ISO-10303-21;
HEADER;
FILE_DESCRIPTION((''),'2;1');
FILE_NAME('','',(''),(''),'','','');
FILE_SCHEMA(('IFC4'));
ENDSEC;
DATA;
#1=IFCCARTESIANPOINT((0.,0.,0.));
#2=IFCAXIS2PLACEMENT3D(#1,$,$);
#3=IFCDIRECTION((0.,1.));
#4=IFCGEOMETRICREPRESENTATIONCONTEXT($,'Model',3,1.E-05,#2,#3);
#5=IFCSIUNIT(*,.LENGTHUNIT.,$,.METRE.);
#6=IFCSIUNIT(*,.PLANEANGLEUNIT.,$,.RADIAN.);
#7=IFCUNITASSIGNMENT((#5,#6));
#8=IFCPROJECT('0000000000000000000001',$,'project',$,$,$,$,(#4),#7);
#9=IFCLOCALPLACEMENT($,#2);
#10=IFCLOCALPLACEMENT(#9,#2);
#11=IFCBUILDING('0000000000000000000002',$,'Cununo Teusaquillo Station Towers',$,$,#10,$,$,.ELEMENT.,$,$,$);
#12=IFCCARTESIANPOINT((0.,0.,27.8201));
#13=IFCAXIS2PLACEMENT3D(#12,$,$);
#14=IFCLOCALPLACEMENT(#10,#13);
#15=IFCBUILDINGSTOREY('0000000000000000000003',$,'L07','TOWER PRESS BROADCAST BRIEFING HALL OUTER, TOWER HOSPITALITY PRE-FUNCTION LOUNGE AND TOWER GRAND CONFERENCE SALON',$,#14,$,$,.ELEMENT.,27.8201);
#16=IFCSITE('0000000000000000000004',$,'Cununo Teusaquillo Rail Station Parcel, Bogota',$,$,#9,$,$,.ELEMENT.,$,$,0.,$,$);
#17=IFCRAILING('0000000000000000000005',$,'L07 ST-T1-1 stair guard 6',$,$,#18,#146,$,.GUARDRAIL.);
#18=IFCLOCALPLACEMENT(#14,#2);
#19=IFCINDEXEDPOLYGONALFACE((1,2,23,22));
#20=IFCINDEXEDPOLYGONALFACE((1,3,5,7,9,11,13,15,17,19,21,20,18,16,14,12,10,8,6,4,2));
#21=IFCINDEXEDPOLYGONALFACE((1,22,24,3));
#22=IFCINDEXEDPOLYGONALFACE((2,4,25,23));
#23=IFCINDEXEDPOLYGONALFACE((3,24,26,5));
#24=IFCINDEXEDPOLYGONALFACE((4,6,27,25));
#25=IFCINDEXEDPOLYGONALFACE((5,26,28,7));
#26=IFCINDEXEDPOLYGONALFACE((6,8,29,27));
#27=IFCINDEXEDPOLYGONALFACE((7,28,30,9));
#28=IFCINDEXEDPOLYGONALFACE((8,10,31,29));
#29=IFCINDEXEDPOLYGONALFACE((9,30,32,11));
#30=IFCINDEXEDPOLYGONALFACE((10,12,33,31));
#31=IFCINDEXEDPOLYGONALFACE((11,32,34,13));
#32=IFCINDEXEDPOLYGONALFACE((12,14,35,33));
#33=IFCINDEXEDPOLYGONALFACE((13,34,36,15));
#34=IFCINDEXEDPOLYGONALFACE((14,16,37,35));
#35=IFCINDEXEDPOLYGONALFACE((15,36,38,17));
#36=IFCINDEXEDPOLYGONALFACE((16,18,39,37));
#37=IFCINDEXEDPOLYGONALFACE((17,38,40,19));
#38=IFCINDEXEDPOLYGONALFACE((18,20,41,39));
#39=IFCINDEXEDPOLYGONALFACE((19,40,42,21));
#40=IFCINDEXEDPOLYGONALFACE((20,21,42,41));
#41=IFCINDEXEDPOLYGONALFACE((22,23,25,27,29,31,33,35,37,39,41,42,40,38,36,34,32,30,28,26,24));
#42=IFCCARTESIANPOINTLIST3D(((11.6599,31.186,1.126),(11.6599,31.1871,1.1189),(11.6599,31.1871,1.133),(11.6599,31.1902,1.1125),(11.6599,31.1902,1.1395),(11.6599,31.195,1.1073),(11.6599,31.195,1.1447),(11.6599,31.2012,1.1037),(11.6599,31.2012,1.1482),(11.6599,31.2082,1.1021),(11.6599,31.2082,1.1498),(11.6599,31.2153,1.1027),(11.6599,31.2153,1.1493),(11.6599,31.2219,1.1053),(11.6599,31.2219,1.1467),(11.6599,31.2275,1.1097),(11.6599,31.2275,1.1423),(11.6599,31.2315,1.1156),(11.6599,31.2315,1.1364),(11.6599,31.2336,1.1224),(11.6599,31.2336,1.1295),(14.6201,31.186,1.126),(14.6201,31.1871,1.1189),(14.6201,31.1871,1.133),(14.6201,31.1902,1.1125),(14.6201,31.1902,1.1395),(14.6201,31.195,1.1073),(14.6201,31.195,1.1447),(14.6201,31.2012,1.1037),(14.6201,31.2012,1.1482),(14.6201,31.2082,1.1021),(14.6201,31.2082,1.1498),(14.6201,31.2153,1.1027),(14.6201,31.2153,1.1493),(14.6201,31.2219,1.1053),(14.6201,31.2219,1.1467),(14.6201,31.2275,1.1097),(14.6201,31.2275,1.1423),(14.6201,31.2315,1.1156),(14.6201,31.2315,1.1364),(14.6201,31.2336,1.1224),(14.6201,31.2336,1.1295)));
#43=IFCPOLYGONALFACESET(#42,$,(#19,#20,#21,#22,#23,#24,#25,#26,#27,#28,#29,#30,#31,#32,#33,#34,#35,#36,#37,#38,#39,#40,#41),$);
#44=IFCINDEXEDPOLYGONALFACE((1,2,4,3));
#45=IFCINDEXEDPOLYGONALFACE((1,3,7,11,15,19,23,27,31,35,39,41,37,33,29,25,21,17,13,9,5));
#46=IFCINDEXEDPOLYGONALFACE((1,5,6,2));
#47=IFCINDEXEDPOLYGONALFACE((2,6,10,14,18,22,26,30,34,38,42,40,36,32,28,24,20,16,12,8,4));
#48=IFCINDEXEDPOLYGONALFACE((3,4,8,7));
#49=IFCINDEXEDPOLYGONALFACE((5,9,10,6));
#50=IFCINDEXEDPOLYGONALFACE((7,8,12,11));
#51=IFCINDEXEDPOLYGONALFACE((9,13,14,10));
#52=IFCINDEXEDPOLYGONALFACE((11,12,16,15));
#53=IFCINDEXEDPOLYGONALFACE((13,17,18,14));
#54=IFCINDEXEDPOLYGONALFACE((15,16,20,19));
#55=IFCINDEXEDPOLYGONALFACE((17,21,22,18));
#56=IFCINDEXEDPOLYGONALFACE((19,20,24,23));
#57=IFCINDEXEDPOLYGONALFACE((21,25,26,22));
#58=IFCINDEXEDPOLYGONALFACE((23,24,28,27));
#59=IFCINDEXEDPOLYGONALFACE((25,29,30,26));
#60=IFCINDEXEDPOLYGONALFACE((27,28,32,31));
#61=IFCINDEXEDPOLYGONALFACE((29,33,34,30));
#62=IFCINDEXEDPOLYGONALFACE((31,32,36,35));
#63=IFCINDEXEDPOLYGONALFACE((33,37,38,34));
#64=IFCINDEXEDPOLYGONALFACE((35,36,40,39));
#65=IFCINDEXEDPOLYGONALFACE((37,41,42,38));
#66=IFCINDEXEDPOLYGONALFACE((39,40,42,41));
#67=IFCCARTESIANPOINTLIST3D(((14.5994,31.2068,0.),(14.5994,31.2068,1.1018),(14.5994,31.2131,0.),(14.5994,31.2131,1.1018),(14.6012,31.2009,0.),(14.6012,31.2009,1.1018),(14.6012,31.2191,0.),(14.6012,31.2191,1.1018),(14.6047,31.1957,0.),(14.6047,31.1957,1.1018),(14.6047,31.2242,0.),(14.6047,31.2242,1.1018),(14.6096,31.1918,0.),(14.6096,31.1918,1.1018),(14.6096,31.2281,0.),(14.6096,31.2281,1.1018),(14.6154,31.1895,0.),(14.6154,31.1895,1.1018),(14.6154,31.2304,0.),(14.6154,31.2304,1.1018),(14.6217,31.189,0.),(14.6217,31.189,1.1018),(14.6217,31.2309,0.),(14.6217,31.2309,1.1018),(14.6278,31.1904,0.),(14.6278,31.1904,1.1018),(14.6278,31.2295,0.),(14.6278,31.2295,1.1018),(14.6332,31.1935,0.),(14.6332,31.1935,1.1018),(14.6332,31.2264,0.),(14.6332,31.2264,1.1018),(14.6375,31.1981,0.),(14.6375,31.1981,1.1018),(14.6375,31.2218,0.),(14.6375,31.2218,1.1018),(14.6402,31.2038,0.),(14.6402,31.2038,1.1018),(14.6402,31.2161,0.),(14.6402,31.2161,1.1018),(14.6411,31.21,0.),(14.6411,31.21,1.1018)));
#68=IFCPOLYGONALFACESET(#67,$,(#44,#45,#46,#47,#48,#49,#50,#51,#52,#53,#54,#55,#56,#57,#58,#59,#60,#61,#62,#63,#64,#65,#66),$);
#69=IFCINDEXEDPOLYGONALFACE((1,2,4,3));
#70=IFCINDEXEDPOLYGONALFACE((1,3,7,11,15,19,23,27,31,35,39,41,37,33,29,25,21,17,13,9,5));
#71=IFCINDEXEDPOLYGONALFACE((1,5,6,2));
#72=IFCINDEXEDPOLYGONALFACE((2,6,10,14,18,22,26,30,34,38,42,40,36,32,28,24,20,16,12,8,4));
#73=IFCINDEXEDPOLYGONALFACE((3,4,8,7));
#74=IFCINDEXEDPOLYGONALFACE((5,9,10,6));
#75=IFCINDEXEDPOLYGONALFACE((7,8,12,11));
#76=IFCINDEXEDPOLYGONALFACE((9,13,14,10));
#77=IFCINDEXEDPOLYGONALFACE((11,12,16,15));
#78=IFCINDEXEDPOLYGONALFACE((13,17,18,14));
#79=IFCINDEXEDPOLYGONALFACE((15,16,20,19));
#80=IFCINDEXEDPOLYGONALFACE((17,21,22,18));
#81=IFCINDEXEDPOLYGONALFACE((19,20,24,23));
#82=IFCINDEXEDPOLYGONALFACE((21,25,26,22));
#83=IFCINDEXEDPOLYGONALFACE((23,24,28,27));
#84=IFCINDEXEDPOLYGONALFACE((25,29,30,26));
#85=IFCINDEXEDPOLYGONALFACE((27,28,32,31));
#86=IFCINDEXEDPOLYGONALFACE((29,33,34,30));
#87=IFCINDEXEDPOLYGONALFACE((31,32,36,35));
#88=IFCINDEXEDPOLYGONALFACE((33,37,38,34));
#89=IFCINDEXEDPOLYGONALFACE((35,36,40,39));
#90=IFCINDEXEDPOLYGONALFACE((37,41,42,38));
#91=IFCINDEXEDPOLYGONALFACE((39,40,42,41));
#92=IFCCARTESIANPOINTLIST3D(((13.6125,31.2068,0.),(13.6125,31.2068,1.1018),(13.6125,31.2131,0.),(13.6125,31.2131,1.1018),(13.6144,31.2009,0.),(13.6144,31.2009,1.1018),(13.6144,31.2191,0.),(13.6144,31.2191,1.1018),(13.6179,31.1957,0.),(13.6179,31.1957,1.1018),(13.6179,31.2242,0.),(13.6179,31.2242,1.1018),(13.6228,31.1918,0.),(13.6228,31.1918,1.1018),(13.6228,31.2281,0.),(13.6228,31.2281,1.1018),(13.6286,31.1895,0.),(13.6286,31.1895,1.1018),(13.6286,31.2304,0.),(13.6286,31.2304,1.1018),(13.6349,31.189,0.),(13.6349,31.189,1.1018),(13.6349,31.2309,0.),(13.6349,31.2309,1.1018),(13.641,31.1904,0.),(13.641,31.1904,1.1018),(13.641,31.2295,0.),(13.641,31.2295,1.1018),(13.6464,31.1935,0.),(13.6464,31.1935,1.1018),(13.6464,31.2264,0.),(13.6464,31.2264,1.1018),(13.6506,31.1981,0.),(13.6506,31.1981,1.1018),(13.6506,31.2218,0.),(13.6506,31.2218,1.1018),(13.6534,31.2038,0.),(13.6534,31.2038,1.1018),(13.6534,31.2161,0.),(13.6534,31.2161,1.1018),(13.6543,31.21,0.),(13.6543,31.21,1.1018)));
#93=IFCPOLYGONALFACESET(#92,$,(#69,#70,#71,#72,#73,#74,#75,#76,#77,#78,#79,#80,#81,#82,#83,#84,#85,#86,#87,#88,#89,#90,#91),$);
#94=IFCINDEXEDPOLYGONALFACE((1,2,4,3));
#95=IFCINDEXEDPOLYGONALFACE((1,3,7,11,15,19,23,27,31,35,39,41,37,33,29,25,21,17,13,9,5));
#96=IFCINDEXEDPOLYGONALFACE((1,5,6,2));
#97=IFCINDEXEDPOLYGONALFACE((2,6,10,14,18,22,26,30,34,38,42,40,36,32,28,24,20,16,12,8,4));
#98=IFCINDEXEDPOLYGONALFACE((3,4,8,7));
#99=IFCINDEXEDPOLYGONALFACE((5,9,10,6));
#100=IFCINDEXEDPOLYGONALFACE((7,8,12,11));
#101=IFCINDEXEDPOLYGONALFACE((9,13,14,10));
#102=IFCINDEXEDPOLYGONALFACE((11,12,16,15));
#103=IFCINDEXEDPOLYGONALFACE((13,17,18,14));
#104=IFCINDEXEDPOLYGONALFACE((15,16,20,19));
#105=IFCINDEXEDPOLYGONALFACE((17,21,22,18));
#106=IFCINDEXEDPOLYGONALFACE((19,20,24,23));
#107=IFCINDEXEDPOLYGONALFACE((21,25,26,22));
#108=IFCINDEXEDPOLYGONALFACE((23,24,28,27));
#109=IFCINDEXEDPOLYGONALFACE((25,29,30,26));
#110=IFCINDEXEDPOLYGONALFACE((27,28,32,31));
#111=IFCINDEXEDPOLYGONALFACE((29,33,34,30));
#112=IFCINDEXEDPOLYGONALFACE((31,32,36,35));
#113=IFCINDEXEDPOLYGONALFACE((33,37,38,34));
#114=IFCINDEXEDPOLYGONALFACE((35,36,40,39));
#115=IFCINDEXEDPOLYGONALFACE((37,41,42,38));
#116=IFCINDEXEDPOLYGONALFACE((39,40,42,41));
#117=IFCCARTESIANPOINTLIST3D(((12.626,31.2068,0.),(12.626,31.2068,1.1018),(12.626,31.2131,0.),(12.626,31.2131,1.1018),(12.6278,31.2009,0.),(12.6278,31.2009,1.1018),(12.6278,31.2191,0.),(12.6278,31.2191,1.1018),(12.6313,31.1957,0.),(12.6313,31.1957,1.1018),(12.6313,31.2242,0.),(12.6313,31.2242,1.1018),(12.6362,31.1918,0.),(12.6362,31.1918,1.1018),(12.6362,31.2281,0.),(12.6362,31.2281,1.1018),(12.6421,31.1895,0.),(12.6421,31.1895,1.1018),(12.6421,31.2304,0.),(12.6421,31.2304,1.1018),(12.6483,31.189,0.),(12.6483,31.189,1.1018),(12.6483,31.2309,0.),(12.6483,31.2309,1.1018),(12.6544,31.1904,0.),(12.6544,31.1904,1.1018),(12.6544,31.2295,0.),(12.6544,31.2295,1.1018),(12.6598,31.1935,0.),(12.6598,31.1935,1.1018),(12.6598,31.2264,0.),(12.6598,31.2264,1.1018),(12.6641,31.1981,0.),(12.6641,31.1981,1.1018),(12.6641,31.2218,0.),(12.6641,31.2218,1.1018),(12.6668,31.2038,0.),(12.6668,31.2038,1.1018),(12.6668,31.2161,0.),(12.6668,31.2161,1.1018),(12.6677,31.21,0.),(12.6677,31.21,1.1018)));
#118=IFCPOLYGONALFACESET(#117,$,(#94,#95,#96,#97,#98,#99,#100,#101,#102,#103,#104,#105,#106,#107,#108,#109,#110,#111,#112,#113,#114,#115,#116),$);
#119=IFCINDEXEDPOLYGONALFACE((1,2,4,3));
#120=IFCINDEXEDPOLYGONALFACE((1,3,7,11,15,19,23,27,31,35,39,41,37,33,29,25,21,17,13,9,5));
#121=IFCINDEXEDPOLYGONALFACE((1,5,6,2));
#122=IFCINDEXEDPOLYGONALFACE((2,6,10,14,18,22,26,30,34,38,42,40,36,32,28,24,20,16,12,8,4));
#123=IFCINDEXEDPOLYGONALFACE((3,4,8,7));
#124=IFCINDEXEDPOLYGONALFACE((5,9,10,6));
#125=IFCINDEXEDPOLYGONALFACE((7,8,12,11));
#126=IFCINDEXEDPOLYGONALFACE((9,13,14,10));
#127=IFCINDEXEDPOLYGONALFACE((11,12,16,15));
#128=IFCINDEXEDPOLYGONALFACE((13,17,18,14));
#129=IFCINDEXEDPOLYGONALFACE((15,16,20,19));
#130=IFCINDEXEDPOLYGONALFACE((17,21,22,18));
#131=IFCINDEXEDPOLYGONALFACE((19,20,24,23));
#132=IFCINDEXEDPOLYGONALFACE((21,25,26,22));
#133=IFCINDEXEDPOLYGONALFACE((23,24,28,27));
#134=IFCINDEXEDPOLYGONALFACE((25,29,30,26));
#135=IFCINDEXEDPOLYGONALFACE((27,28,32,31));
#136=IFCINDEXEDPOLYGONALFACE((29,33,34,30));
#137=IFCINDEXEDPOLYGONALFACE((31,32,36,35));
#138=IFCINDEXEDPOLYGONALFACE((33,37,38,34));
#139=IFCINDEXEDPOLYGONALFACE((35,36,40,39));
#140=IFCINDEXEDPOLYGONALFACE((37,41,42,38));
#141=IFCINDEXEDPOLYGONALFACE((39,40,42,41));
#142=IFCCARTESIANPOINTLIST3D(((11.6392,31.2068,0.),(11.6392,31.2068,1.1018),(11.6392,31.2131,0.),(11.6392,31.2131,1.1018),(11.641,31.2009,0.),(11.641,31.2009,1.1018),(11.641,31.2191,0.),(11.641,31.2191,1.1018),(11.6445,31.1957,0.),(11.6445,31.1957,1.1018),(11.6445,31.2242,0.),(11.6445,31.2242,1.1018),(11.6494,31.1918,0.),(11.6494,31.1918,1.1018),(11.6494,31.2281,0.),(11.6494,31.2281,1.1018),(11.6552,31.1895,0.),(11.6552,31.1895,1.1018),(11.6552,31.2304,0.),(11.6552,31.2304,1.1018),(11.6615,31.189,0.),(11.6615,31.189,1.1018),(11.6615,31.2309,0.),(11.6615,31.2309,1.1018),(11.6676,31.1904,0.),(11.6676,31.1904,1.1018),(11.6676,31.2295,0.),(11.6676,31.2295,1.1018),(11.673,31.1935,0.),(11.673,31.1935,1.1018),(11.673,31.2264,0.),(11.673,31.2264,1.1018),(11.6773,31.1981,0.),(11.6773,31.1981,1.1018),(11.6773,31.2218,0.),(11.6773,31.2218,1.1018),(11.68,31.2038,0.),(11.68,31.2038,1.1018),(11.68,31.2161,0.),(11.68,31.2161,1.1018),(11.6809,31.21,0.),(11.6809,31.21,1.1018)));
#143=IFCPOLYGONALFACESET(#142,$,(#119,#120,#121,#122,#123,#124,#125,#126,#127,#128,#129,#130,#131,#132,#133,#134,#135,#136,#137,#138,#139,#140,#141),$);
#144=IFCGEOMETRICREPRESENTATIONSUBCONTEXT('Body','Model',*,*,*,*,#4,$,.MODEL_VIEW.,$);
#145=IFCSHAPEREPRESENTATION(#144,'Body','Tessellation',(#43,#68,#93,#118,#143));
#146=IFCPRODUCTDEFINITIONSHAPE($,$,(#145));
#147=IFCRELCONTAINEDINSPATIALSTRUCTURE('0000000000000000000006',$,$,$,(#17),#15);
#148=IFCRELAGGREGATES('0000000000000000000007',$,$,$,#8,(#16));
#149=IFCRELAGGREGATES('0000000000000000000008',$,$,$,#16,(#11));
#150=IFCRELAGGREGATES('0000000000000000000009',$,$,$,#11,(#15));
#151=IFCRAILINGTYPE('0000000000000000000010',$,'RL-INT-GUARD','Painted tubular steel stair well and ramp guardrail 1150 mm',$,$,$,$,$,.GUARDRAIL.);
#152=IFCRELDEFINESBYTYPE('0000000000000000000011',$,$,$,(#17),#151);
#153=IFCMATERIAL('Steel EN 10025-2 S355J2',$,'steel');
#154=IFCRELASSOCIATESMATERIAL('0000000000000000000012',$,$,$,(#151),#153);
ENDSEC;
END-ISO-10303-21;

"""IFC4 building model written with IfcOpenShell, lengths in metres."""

from ifc_helpers import new_model, si_unit, direction, frame, origin, origin_2d, place, context, subcontext, project, spatial, circle, extrude, material, type_object, element, save


model = new_model("IFC4")

# Units and contexts
model_context = context("Model", 3, precision=1e-05, world=origin(), true_north=direction((0.0, 1.0)))
body_context = subcontext(model_context, "Body", "Model", "MODEL_VIEW")
ifc_project = project(units=[si_unit("LENGTHUNIT", "METRE"), si_unit("PLANEANGLEUNIT", "RADIAN")], contexts=[model_context])

# Site, building, storey
site_placement = place(None, origin())
site = spatial("IfcSite", under=ifc_project, at=site_placement, Name="Cununo Teusaquillo Rail Station Parcel, Bogota", CompositionType="ELEMENT", RefElevation=0.0)
building_placement = place(site_placement, origin())
building = spatial("IfcBuilding", under=site, at=building_placement, Name="Cununo Teusaquillo Station Towers", CompositionType="ELEMENT")
storey_placement = place(building_placement, frame((0.0, 0.0, 27.8201)))
storey = spatial("IfcBuildingStorey", under=building, at=storey_placement, Name="L07", Description="TOWER PRESS BROADCAST BRIEFING HALL OUTER, TOWER HOSPITALITY PRE-FUNCTION LOUNGE AND TOWER GRAND CONFERENCE SALON", CompositionType="ELEMENT", Elevation=27.8201)

# Railing
ifc_material_1 = material(Name="Steel EN 10025-2 S355J2", Category="steel")
railing_type_1 = type_object("IfcRailingType", Name="RL-INT-GUARD", Description="Painted tubular steel stair well and ramp guardrail 1150 mm", PredefinedType="GUARDRAIL", material=ifc_material_1)
railing_1_placement = place(storey_placement, frame((14.6201, 31.21, 0.0)))
element("IfcRailing", 1, at=railing_1_placement, inside=storey, type_object=railing_type_1, Name="L07 ST-T1-1 stair guard 6", PredefinedType="GUARDRAIL", context=body_context, shape_type="SweptSolid", body=[
    extrude(circle(Radius=0.0239, at=origin_2d()), frame((0.0, 0.0, 1.126), z_axis=(-1.0, 0.0, 0.0), x_axis=(0.0, -1.0, 0.0)), (0.0, 0.0, 1.0), 2.9602),
    extrude(circle(Radius=0.021, at=origin_2d()), origin(), (0.0, 0.0, 1.0), 1.1018),
    extrude(circle(Radius=0.021, at=origin_2d()), frame((-0.9868, 0.0, 0.0)), (0.0, 0.0, 1.0), 1.1018),
    extrude(circle(Radius=0.021, at=origin_2d()), frame((-1.9734, 0.0, 0.0)), (0.0, 0.0, 1.0), 1.1018),
    extrude(circle(Radius=0.021, at=origin_2d()), frame((-2.9602, 0.0, 0.0)), (0.0, 0.0, 1.0), 1.1018),
])

save(model, "model.ifc")
